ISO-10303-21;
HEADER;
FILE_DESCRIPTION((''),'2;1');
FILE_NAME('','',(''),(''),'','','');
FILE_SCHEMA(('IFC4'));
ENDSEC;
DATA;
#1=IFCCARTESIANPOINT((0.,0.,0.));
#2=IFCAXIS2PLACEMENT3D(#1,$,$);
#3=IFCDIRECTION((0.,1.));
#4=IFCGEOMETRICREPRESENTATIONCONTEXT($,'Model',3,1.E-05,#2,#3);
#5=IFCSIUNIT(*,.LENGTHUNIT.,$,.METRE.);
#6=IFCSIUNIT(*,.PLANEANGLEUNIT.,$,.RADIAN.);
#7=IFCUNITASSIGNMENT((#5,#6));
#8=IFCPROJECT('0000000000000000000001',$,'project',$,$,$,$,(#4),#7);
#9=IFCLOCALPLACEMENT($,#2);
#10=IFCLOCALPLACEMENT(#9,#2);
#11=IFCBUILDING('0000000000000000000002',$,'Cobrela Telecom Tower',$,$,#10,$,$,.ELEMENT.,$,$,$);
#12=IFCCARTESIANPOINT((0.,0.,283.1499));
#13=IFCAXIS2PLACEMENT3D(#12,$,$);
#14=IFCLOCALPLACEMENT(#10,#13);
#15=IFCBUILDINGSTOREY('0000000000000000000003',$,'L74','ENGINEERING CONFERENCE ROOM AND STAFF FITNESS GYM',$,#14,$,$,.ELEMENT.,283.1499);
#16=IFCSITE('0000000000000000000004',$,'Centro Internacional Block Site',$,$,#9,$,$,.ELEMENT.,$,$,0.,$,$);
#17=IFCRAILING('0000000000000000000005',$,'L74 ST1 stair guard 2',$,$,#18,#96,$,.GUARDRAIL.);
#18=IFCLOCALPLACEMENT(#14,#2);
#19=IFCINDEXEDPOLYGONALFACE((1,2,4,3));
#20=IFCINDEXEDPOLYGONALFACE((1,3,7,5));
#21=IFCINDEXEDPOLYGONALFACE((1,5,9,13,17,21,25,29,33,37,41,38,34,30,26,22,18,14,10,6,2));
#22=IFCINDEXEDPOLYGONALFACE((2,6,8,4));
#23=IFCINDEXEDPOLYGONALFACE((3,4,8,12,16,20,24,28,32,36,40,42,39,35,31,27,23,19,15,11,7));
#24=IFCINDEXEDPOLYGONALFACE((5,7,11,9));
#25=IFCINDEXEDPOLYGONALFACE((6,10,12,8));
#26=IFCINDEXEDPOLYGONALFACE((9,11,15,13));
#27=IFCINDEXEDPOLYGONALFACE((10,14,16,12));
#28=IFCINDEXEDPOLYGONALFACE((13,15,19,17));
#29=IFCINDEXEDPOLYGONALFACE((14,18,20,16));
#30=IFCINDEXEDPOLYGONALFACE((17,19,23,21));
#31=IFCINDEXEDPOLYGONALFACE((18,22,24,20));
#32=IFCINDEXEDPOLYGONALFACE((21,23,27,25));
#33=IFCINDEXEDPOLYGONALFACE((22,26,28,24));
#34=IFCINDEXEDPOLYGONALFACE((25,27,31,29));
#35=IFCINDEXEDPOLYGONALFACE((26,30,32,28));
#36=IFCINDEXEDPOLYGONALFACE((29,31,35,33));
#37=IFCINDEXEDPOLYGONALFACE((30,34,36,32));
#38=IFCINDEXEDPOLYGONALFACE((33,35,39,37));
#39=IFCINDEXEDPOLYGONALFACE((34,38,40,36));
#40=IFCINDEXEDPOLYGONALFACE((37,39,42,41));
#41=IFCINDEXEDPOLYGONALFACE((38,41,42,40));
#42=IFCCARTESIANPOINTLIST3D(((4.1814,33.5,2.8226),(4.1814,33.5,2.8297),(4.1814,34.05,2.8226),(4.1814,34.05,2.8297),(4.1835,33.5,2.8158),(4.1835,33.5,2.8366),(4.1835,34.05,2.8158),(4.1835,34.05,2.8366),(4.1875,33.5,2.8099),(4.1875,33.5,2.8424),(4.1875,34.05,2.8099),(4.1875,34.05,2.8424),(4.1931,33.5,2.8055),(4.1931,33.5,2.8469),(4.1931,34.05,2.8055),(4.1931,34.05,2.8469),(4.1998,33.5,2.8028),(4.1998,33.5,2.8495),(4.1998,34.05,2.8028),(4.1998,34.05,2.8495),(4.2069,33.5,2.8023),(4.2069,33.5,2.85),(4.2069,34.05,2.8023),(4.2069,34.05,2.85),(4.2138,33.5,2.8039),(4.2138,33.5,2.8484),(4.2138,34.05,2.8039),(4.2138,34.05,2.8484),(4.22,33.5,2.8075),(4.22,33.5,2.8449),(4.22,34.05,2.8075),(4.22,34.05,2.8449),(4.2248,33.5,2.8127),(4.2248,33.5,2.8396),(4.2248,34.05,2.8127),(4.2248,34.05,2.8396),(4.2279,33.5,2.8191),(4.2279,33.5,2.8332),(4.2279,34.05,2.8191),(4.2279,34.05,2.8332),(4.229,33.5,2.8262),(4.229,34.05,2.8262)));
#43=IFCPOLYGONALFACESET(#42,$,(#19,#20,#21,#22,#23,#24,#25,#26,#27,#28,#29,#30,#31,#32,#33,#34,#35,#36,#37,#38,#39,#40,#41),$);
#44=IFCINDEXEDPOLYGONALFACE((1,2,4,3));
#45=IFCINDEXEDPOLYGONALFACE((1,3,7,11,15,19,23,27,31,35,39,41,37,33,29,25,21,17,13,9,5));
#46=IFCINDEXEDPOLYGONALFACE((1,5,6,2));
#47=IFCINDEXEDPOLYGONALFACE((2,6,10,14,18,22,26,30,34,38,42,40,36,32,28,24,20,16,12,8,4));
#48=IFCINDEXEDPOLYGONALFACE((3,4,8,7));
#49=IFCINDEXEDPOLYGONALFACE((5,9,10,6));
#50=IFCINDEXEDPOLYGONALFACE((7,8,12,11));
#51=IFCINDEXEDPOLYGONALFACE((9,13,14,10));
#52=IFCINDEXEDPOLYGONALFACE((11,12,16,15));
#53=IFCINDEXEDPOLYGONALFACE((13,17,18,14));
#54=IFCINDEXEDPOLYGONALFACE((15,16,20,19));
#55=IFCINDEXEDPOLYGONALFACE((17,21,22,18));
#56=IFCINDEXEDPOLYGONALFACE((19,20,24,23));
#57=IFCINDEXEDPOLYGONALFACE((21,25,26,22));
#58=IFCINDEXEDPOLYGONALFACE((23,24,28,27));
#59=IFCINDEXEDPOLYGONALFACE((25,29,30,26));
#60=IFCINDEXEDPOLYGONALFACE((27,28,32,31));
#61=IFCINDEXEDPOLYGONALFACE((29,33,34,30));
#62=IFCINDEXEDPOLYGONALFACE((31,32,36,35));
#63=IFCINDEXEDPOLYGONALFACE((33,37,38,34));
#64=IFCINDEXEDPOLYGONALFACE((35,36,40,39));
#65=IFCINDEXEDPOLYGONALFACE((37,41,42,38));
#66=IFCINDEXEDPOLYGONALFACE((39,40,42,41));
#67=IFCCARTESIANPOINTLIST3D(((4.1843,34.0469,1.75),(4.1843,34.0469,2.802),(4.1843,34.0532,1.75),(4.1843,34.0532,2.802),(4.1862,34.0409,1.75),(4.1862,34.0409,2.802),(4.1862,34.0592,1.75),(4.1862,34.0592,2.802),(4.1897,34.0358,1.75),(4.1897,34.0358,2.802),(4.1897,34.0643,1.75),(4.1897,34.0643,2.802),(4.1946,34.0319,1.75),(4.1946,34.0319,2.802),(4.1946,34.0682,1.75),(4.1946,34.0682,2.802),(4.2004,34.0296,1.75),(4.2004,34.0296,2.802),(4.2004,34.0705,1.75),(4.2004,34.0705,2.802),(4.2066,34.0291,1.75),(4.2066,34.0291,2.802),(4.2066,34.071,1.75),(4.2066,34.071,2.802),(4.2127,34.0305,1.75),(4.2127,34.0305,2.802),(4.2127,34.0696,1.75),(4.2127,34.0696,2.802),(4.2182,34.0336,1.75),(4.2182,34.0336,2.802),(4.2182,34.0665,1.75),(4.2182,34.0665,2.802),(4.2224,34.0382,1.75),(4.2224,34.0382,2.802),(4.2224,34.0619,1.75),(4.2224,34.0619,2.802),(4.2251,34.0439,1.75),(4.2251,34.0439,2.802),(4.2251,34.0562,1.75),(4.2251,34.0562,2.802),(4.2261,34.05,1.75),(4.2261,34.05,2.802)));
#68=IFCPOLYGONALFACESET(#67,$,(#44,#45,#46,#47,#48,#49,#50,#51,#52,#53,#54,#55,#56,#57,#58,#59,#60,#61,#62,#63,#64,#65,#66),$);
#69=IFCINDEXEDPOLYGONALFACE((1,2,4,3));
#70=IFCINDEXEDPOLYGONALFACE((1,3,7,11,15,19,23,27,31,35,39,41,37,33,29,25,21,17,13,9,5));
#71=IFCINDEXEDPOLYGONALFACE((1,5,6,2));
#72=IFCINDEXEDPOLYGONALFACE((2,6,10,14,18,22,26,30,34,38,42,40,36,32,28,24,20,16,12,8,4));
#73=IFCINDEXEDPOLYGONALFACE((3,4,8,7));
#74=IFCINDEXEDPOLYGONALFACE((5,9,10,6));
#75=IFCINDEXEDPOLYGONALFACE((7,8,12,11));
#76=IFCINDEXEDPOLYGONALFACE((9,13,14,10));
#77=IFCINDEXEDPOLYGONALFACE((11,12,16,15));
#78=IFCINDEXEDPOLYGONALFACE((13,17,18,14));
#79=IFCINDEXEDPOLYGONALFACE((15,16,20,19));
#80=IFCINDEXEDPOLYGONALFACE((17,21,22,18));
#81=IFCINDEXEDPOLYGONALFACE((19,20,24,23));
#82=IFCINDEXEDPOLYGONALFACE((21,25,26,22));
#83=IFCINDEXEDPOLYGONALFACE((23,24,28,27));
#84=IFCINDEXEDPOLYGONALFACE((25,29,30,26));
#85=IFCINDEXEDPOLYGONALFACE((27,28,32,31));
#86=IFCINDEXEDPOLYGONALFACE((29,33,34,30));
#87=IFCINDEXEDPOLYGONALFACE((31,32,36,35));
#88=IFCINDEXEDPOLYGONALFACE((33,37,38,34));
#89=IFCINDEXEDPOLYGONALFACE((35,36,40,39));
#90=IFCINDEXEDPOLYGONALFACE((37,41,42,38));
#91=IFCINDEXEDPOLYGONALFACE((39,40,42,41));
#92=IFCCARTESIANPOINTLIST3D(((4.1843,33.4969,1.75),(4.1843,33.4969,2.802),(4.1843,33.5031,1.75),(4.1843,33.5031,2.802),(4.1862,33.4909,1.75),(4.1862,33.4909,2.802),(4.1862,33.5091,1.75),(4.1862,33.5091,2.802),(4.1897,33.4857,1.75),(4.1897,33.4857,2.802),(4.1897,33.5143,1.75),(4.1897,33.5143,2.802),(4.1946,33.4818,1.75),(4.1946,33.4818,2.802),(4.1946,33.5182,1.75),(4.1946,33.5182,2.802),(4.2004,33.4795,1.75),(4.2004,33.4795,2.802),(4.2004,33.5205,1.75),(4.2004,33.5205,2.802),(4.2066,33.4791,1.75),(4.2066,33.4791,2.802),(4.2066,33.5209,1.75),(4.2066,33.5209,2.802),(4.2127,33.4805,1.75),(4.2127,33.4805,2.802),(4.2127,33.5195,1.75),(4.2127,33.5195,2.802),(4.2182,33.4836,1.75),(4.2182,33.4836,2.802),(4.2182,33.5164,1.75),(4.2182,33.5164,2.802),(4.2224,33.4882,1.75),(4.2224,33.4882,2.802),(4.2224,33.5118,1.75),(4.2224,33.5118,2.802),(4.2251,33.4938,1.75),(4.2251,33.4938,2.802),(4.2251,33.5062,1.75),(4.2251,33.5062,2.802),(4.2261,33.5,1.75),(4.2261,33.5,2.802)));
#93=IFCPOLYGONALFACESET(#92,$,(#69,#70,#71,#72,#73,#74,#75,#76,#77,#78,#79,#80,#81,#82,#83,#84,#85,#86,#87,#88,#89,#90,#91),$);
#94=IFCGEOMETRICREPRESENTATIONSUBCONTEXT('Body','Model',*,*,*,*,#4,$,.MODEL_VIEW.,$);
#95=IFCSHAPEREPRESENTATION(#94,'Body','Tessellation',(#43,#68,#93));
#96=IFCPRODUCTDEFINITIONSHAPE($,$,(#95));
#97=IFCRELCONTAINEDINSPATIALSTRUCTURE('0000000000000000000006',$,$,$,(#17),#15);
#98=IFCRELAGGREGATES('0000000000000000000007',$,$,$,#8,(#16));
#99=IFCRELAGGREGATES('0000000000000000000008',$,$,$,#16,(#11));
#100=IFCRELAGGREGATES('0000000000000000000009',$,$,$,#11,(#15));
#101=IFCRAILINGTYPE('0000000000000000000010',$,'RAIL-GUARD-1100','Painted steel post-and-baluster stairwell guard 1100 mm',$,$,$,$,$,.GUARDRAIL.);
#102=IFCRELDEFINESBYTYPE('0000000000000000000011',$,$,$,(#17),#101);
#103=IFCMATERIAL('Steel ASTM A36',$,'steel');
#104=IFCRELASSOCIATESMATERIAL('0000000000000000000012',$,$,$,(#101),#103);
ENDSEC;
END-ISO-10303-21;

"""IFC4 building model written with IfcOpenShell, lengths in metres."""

from ifc_helpers import new_model, si_unit, direction, frame, origin, origin_2d, place, context, subcontext, project, spatial, circle, extrude, material, type_object, element, save


model = new_model("IFC4")

# Units and contexts
model_context = context("Model", 3, precision=1e-05, world=origin(), true_north=direction((0.0, 1.0)))
body_context = subcontext(model_context, "Body", "Model", "MODEL_VIEW")
ifc_project = project(units=[si_unit("LENGTHUNIT", "METRE"), si_unit("PLANEANGLEUNIT", "RADIAN")], contexts=[model_context])

# Site, building, storey
site_placement = place(None, origin())
site = spatial("IfcSite", under=ifc_project, at=site_placement, Name="Centro Internacional Block Site", CompositionType="ELEMENT", RefElevation=0.0)
building_placement = place(site_placement, origin())
building = spatial("IfcBuilding", under=site, at=building_placement, Name="Cobrela Telecom Tower", CompositionType="ELEMENT")
storey_placement = place(building_placement, frame((0.0, 0.0, 283.1499)))
storey = spatial("IfcBuildingStorey", under=building, at=storey_placement, Name="L74", Description="ENGINEERING CONFERENCE ROOM AND STAFF FITNESS GYM", CompositionType="ELEMENT", Elevation=283.1499)

# Shared definitions
ifc_material_1 = material(Name="Steel ASTM A36", Category="steel")

# Railing
railing_type_1 = type_object("IfcRailingType", Name="RAIL-GUARD-1100", Description="Painted steel post-and-baluster stairwell guard 1100 mm", PredefinedType="GUARDRAIL", material=ifc_material_1)
railing_1_placement = place(storey_placement, frame((4.2051, 34.05, 1.75)))
element("IfcRailing", 1, at=railing_1_placement, inside=storey, type_object=railing_type_1, Name="L74 ST1 stair guard 2", PredefinedType="GUARDRAIL", context=body_context, shape_type="SweptSolid", body=[
    extrude(circle(Radius=0.0239, at=origin_2d()), frame((0.0, 0.0, 1.0762), z_axis=(0.0, -1.0, 0.0), x_axis=(1.0, 0.0, 0.0)), (0.0, 0.0, 1.0), 0.55),
    extrude(circle(Radius=0.021, at=origin_2d()), origin(), (0.0, 0.0, 1.0), 1.052),
    extrude(circle(Radius=0.021, at=origin_2d()), frame((0.0, -0.55, 0.0)), (0.0, 0.0, 1.0), 1.052),
])

save(model, "model.ifc")
